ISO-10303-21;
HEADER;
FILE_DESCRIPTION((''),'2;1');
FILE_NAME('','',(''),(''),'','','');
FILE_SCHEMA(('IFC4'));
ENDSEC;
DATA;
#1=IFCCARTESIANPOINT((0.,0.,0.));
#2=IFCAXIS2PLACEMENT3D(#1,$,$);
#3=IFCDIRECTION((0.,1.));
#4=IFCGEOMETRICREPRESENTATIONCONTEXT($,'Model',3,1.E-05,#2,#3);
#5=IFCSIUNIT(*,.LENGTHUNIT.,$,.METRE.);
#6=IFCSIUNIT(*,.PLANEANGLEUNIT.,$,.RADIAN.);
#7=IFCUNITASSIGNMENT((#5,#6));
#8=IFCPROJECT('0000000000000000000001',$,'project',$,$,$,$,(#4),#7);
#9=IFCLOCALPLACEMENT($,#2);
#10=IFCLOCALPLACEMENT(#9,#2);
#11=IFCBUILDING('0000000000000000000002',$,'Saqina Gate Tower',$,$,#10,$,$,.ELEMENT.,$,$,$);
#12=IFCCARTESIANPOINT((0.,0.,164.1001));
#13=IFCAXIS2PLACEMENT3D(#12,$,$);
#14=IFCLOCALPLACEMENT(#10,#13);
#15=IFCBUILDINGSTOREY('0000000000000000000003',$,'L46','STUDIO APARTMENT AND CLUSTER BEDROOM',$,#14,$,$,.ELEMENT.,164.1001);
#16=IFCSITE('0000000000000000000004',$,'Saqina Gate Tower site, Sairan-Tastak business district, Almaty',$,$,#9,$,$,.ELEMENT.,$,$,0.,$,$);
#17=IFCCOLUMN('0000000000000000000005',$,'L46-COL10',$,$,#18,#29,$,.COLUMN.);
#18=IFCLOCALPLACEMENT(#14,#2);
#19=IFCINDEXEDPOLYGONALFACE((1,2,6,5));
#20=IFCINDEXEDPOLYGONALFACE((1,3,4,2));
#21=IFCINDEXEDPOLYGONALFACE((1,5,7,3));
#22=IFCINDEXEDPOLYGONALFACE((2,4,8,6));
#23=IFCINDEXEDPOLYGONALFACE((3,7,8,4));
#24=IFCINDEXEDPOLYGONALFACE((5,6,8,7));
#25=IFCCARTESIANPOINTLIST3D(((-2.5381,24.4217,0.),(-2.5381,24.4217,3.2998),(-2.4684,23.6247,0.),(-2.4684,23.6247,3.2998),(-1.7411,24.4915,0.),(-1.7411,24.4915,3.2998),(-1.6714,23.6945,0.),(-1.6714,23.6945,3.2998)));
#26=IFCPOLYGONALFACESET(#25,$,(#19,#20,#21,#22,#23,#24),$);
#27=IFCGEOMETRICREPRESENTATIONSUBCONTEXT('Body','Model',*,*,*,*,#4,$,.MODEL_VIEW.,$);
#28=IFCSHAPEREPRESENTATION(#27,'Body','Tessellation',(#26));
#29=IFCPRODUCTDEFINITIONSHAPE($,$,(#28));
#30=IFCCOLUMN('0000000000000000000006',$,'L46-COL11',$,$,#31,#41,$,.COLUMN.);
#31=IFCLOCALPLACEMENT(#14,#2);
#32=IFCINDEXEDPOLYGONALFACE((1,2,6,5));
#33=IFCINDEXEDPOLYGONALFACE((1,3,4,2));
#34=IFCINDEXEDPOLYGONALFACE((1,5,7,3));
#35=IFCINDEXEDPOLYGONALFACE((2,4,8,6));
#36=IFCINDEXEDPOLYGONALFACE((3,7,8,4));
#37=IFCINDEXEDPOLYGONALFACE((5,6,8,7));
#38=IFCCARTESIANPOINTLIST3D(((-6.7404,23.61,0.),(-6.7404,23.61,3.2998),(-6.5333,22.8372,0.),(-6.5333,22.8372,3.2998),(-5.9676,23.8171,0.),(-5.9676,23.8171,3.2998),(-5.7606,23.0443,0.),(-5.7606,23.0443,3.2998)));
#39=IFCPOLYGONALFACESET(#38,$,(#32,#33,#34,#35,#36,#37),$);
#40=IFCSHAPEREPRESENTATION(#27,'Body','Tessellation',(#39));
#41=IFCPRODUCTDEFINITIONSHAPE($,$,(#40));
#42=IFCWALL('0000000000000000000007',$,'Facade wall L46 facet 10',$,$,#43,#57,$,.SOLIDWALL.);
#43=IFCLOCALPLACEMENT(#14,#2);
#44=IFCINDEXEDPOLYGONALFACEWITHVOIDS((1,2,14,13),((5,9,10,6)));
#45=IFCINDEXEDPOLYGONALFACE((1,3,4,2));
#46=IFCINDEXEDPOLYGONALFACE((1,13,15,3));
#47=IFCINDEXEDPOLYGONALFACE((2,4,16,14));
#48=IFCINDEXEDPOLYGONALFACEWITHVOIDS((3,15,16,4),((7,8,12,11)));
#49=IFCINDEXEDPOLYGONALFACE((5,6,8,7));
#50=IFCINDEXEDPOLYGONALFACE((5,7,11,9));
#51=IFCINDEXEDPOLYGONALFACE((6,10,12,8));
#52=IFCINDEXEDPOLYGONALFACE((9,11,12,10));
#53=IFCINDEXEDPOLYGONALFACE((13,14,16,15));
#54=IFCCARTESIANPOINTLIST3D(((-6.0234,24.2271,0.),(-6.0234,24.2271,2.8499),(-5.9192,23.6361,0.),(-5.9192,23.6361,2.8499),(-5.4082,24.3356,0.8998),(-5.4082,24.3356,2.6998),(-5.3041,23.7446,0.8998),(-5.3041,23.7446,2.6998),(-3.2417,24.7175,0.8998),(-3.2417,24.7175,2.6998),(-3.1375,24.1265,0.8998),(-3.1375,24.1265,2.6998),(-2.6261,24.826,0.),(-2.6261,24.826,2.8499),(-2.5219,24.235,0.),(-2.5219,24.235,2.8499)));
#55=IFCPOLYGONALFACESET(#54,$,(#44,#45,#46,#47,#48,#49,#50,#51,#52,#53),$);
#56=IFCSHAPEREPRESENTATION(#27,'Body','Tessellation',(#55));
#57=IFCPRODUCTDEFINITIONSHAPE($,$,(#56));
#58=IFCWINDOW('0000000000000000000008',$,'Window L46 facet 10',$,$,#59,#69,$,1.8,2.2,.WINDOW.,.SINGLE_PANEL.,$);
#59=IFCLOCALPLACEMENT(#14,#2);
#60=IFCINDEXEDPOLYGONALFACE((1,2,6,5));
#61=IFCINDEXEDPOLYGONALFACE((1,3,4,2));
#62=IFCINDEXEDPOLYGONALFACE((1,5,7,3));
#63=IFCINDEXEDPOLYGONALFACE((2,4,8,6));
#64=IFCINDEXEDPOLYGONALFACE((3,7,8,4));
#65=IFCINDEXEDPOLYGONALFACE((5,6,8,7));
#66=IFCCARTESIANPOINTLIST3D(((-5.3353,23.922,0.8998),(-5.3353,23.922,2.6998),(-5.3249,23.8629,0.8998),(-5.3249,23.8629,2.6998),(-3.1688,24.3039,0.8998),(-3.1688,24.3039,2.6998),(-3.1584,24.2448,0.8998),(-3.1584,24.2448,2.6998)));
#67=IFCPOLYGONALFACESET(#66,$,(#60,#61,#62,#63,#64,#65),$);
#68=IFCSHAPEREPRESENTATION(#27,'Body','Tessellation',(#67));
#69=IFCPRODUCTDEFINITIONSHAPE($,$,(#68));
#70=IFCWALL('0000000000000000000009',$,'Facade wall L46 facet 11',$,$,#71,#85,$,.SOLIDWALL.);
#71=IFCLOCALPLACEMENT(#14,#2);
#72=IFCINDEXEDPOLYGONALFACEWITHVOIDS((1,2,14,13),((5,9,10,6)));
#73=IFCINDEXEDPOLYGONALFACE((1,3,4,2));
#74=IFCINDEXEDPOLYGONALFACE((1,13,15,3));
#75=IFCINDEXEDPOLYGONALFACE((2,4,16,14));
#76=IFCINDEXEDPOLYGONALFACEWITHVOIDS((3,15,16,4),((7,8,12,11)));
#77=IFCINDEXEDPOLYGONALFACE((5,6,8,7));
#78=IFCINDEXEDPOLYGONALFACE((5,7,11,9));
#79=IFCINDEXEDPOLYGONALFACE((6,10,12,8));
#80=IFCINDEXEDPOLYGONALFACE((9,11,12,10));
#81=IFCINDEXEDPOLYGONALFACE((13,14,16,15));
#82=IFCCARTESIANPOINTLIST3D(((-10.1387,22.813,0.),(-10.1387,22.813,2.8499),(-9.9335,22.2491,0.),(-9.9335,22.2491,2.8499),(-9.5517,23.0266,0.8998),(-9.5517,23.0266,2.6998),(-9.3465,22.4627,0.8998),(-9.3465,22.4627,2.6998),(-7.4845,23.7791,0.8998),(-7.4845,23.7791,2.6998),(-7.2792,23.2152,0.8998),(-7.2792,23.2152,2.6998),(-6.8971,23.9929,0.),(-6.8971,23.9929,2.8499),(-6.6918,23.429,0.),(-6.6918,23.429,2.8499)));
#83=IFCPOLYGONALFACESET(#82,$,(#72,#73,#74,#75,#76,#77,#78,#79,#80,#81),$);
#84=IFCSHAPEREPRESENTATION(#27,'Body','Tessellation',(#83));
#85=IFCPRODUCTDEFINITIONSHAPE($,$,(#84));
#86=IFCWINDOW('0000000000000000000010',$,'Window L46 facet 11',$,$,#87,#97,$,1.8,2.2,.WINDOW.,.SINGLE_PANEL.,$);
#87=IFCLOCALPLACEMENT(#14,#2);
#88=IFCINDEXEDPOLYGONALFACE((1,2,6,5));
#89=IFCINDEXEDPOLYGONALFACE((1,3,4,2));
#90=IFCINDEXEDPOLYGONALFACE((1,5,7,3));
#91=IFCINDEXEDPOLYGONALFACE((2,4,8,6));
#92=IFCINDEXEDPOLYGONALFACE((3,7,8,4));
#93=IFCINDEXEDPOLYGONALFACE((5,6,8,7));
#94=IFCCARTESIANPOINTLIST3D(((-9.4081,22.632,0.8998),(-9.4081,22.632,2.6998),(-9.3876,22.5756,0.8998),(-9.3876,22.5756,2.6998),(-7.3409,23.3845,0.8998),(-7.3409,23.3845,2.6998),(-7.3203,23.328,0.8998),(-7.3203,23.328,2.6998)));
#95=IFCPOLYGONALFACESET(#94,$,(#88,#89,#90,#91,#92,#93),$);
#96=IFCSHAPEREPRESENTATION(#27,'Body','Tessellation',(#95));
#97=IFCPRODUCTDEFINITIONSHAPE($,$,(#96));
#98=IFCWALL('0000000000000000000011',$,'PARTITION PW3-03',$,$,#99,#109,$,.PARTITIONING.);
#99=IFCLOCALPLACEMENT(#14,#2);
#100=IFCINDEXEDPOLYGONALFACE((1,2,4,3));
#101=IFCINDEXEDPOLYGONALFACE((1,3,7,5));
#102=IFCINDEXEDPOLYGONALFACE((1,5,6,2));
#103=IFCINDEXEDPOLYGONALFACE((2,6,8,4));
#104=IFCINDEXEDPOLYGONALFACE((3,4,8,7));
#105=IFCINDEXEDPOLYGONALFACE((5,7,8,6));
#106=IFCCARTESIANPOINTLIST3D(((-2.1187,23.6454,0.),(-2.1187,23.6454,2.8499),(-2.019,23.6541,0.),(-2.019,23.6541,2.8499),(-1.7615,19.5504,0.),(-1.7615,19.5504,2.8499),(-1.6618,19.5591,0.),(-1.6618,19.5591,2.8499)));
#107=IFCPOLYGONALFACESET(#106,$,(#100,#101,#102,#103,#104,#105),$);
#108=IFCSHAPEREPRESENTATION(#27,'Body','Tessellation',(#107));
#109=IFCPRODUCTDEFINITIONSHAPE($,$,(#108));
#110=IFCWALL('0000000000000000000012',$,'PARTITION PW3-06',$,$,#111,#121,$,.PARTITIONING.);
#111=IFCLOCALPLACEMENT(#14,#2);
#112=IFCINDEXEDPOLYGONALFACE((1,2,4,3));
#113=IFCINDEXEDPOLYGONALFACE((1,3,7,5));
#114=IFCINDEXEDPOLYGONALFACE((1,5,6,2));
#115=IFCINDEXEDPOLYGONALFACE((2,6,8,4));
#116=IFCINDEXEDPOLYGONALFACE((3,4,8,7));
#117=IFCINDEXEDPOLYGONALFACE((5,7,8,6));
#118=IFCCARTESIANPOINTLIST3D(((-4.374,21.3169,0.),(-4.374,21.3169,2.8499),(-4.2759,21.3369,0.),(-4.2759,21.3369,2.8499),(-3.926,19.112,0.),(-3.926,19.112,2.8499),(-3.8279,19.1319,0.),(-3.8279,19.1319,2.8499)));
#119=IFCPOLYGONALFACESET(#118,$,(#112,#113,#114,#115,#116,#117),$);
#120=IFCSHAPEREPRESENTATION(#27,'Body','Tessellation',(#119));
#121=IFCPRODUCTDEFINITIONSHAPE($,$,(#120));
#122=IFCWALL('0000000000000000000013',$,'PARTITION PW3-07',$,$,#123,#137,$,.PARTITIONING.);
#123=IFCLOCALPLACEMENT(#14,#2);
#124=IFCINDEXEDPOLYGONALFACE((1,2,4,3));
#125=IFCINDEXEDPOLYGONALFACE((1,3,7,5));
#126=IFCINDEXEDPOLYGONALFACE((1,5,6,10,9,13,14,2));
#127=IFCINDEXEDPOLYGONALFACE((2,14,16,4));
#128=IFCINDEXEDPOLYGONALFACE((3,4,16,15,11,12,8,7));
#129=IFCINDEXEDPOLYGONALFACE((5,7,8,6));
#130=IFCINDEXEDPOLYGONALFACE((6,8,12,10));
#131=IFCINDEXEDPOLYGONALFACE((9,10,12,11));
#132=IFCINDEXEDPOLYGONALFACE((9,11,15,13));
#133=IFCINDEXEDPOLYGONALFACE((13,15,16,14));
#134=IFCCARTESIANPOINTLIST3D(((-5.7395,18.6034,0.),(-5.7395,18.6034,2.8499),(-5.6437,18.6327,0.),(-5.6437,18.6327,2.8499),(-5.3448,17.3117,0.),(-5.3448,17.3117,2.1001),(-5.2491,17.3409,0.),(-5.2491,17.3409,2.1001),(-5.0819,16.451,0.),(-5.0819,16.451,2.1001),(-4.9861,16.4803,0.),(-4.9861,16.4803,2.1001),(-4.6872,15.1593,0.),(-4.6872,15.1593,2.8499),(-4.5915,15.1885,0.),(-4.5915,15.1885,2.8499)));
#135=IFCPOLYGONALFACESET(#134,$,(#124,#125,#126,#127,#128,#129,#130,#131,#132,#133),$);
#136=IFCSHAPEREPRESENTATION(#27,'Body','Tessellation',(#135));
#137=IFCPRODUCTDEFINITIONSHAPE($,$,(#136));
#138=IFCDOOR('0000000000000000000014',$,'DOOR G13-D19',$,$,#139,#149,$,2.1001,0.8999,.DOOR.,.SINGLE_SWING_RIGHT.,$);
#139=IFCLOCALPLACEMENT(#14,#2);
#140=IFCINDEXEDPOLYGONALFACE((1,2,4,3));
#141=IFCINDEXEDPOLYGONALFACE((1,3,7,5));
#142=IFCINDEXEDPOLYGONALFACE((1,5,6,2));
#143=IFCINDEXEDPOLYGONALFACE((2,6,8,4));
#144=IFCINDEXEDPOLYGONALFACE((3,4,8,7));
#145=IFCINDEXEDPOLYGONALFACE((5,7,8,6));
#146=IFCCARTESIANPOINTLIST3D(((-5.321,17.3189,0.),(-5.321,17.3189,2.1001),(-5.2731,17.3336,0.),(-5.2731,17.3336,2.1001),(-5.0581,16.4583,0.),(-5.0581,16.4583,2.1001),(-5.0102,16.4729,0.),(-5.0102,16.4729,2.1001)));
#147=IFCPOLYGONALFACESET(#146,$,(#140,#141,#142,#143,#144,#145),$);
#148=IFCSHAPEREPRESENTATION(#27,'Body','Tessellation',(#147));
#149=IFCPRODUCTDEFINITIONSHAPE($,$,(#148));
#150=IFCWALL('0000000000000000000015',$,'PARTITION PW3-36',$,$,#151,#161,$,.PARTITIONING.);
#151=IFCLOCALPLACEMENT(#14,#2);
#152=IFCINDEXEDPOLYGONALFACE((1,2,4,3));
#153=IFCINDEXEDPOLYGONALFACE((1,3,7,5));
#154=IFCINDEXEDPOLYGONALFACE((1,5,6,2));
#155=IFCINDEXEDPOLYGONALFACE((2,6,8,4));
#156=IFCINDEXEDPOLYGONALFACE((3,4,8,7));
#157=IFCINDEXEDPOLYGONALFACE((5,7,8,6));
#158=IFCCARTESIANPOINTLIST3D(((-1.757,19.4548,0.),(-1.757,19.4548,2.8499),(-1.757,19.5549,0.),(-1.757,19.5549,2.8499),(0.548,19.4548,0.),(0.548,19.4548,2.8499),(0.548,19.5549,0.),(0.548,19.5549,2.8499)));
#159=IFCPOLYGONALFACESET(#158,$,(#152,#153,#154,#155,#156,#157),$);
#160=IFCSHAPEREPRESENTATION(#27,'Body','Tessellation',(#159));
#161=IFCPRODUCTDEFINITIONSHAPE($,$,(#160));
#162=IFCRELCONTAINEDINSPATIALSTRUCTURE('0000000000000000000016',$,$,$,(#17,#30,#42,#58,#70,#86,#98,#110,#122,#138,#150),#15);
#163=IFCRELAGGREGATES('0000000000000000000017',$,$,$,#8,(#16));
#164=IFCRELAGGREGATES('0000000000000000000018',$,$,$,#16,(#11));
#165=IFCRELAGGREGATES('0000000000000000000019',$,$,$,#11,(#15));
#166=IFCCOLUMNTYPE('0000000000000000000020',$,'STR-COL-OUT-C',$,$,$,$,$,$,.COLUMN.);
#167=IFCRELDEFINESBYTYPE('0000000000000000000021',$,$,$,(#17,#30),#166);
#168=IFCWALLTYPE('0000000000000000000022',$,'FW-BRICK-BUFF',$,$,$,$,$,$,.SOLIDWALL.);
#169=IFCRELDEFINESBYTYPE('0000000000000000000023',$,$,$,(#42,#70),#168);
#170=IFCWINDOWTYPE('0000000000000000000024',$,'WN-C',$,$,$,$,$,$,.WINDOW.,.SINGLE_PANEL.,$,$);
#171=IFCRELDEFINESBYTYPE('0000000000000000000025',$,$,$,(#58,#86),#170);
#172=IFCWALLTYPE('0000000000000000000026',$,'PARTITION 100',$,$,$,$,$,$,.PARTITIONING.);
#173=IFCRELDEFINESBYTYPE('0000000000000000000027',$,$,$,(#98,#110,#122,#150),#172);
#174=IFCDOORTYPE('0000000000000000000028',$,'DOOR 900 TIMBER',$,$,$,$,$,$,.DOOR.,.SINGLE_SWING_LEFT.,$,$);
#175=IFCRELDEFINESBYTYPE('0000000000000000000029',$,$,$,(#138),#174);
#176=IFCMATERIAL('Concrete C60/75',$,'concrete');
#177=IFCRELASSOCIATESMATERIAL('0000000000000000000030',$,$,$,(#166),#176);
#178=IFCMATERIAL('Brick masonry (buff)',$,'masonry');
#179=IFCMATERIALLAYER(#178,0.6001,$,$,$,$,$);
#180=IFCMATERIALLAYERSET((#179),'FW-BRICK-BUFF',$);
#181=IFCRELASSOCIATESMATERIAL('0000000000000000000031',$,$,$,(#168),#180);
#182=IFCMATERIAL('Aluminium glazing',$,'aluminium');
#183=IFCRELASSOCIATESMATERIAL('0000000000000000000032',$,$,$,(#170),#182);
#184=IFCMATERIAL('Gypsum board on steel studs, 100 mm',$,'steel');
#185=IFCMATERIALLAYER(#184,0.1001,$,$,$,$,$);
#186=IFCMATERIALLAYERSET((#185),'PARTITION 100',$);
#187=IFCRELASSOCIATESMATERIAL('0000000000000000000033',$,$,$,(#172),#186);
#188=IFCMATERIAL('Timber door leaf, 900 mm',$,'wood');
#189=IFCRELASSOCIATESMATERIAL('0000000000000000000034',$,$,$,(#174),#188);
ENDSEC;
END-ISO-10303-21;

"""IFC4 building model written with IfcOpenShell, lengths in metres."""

from ifc_helpers import new_model, si_unit, direction, frame, frame_2d, origin, origin_2d, place, context, subcontext, project, spatial, rectangle, extrude, material, layer, layer_set, material_profile, profile_set, type_object, element, fill, save


model = new_model("IFC4")

# Units and contexts
model_context = context("Model", 3, precision=1e-05, world=origin(), true_north=direction((0.0, 1.0)))
body_context = subcontext(model_context, "Body", "Model", "MODEL_VIEW")
ifc_project = project(units=[si_unit("LENGTHUNIT", "METRE"), si_unit("PLANEANGLEUNIT", "RADIAN")], contexts=[model_context])

# Site, building, storey
site_placement = place(None, origin())
site = spatial("IfcSite", under=ifc_project, at=site_placement, Name="Saqina Gate Tower site, Sairan-Tastak business district, Almaty", CompositionType="ELEMENT", RefElevation=0.0)
building_placement = place(site_placement, origin())
building = spatial("IfcBuilding", under=site, at=building_placement, Name="Saqina Gate Tower", CompositionType="ELEMENT")
storey_placement = place(building_placement, frame((0.0, 0.0, 164.1001)))
storey = spatial("IfcBuildingStorey", under=building, at=storey_placement, Name="L46", Description="STUDIO APARTMENT AND CLUSTER BEDROOM", CompositionType="ELEMENT", Elevation=164.1001)

# Columns
ifc_material_1 = material(Name="Concrete C60/75", Category="concrete")
ifc_material_profile = material_profile(ifc_material_1, rectangle(XDim=0.8, YDim=0.8, at=origin_2d()), Name="RC 800x800")
ifc_profile_set = profile_set([ifc_material_profile], Name="Concrete C60/75")
column_type = type_object("IfcColumnType", Name="STR-COL-OUT-C", PredefinedType="COLUMN", material=ifc_profile_set)
for number, where, z_axis, x_axis, name in (
    (1, (-2.1047, 24.0581, 0.0), (0.0, 0.0, 1.0), (-0.087156, 0.996195, 0.0), "L46-COL10"),
    (2, (-6.2505, 23.3271, 0.0), (0.0, 0.0, 1.0), (-0.258819, 0.965926, 0.0), "L46-COL11"),
):
    element("IfcColumn", number, at=place(storey_placement, frame(where, z_axis=z_axis, x_axis=x_axis)), inside=storey, type_object=column_type, Name=name, PredefinedType="COLUMN", context=body_context, shape_type="SweptSolid", body=[
        extrude(rectangle(XDim=0.8, YDim=0.8, at=origin_2d()), origin(), (0.0, 0.0, 1.0), 3.2998),
    ])

# Walls, openings, windows
ifc_material_2 = material(Name="Brick masonry (buff)", Category="masonry")
ifc_layer_1 = layer(ifc_material_2, 0.6001)
ifc_layer_set_1 = layer_set([ifc_layer_1], Name="FW-BRICK-BUFF")
wall_type_1 = type_object("IfcWallType", Name="FW-BRICK-BUFF", PredefinedType="SOLIDWALL", material=ifc_layer_set_1)
wall_1_placement = place(storey_placement, frame((-2.574, 24.5305, 0.0), z_axis=(0.0, 0.0, 1.0), x_axis=(-0.984815, -0.173608, 0.0)))
wall_1 = element("IfcWall", 3, at=wall_1_placement, inside=storey, type_object=wall_type_1, Name="Facade wall L46 facet 10", PredefinedType="SOLIDWALL", context=body_context, shape_type="SweptSolid", body=[
    extrude(rectangle(XDim=3.4497, YDim=0.6001, at=frame_2d((1.7249, 0.0))), origin(), (0.0, 0.0, 1.0), 2.8499),
])
opening_1_placement = place(wall_1_placement, frame((0.625, 0.0, 0.8999)))
opening_1 = element("IfcOpeningElement", 4, at=opening_1_placement, cuts=wall_1, PredefinedType="OPENING", context=body_context, shape_type="SweptSolid", body=[
    extrude(rectangle(XDim=2.2, YDim=1.8, at=frame_2d((1.1001, 0.8999))), frame((0.0, 0.312, 0.0), z_axis=(0.0, -1.0, 0.0), x_axis=(1.0, 0.0, 0.0)), (0.0, 0.0, 1.0), 0.624),
])
ifc_material_3 = material(Name="Aluminium glazing", Category="aluminium")
window_type = type_object("IfcWindowType", Name="WN-C", PartitioningType="SINGLE_PANEL", PredefinedType="WINDOW", material=ifc_material_3)
window_1_placement = place(opening_1_placement, origin())
window_1 = element("IfcWindow", 5, at=window_1_placement, inside=storey, type_object=window_type, Name="Window L46 facet 10", OverallHeight=1.8, OverallWidth=2.2, PartitioningType="SINGLE_PANEL", PredefinedType="WINDOW", context=body_context, shape_type="SweptSolid", body=[
    extrude(rectangle(XDim=2.2, YDim=1.8, at=frame_2d((1.1001, 0.8999))), frame((0.0, 0.1799, 0.0), z_axis=(0.0, -1.0, 0.0), x_axis=(1.0, 0.0, 0.0)), (0.0, 0.0, 1.0), 0.0601),
])
fill(opening_1, window_1)
wall_2_placement = place(storey_placement, frame((-6.7944, 23.7109, 0.0), z_axis=(0.0, 0.0, 1.0), x_axis=(-0.939688, -0.342033, 0.0)))
wall_2 = element("IfcWall", 6, at=wall_2_placement, inside=storey, type_object=wall_type_1, Name="Facade wall L46 facet 11", PredefinedType="SOLIDWALL", context=body_context, shape_type="SweptSolid", body=[
    extrude(rectangle(XDim=3.4497, YDim=0.6001, at=frame_2d((1.7249, 0.0))), origin(), (0.0, 0.0, 1.0), 2.8499),
])
opening_2_placement = place(wall_2_placement, frame((0.625, 0.0, 0.8999)))
opening_2 = element("IfcOpeningElement", 7, at=opening_2_placement, cuts=wall_2, PredefinedType="OPENING", context=body_context, shape_type="SweptSolid", body=[
    extrude(rectangle(XDim=2.2, YDim=1.8, at=frame_2d((1.1001, 0.8999))), frame((0.0, 0.312, 0.0), z_axis=(0.0, -1.0, 0.0), x_axis=(1.0, 0.0, 0.0)), (0.0, 0.0, 1.0), 0.624),
])
window_2_placement = place(opening_2_placement, origin())
window_2 = element("IfcWindow", 8, at=window_2_placement, inside=storey, type_object=window_type, Name="Window L46 facet 11", OverallHeight=1.8, OverallWidth=2.2, PartitioningType="SINGLE_PANEL", PredefinedType="WINDOW", context=body_context, shape_type="SweptSolid", body=[
    extrude(rectangle(XDim=2.2, YDim=1.8, at=frame_2d((1.1001, 0.8999))), frame((0.0, 0.1799, 0.0), z_axis=(0.0, -1.0, 0.0), x_axis=(1.0, 0.0, 0.0)), (0.0, 0.0, 1.0), 0.0601),
])
fill(opening_2, window_2)

# Walls
ifc_material_4 = material(Name="Gypsum board on steel studs, 100 mm", Category="steel")
ifc_layer_2 = layer(ifc_material_4, 0.1001)
ifc_layer_set_2 = layer_set([ifc_layer_2], Name="PARTITION 100")
wall_type_2 = type_object("IfcWallType", Name="PARTITION 100", PredefinedType="PARTITIONING", material=ifc_layer_set_2)
wall_3_placement = place(storey_placement, frame((-2.0688, 23.6497, 0.0), z_axis=(0.0, 0.0, 1.0), x_axis=(0.086894, -0.996218, 0.0)))
element("IfcWall", 9, at=wall_3_placement, inside=storey, type_object=wall_type_2, Name="PARTITION PW3-03", PredefinedType="PARTITIONING", context=body_context, shape_type="SweptSolid", body=[
    extrude(rectangle(XDim=4.1106, YDim=0.1001, at=frame_2d((2.0552, 0.0))), origin(), (0.0, 0.0, 1.0), 2.8499),
])
wall_4_placement = place(storey_placement, frame((-4.325, 21.3269, 0.0), z_axis=(0.0, 0.0, 1.0), x_axis=(0.19912, -0.979975, 0.0)))
element("IfcWall", 10, at=wall_4_placement, inside=storey, type_object=wall_type_2, Name="PARTITION PW3-06", PredefinedType="PARTITIONING", context=body_context, shape_type="SweptSolid", body=[
    extrude(rectangle(XDim=2.25, YDim=0.1001, at=frame_2d((1.125, 0.0))), origin(), (0.0, 0.0, 1.0), 2.8499),
])

# Wall, opening, door
wall_5_placement = place(storey_placement, frame((-5.6917, 18.6182, 0.0), z_axis=(0.0, 0.0, 1.0), x_axis=(0.292189, -0.956361, 0.0)))
wall_5 = element("IfcWall", 11, at=wall_5_placement, inside=storey, type_object=wall_type_2, Name="PARTITION PW3-07", PredefinedType="PARTITIONING", context=body_context, shape_type="SweptSolid", body=[
    extrude(rectangle(XDim=3.6013, YDim=0.1001, at=frame_2d((1.8008, 0.0))), origin(), (0.0, 0.0, 1.0), 2.8499),
])
opening_3_placement = place(wall_5_placement, frame((1.3508, 0.0, 0.0)))
opening_3 = element("IfcOpeningElement", 12, at=opening_3_placement, cuts=wall_5, PredefinedType="OPENING", context=body_context, shape_type="SweptSolid", body=[
    extrude(rectangle(XDim=0.8999, YDim=2.1001, at=frame_2d((0.45, 1.05))), frame((0.0, 0.062, 0.0), z_axis=(0.0, -1.0, 0.0), x_axis=(1.0, 0.0, 0.0)), (0.0, 0.0, 1.0), 0.124),
])
ifc_material_5 = material(Name="Timber door leaf, 900 mm", Category="wood")
door_type_1 = type_object("IfcDoorType", Name="DOOR 900 TIMBER", OperationType="SINGLE_SWING_LEFT", PredefinedType="DOOR", material=ifc_material_5)
door_1_placement = place(opening_3_placement, origin())
door_1 = element("IfcDoor", 13, at=door_1_placement, inside=storey, type_object=door_type_1, Name="DOOR G13-D19", OperationType="SINGLE_SWING_RIGHT", OverallHeight=2.1001, OverallWidth=0.8999, PredefinedType="DOOR", context=body_context, shape_type="SweptSolid", body=[
    extrude(rectangle(XDim=0.8999, YDim=2.1001, at=frame_2d((0.45, 1.05))), frame((0.0, 0.0249, 0.0), z_axis=(0.0, -1.0, 0.0), x_axis=(1.0, 0.0, 0.0)), (0.0, 0.0, 1.0), 0.05),
])
fill(opening_3, door_1)

# Wall
wall_6_placement = place(storey_placement, frame((-1.7568, 19.5049, 0.0), z_axis=(0.0, 0.0, 1.0), x_axis=(1.0, 0.0, 0.0)))
element("IfcWall", 14, at=wall_6_placement, inside=storey, type_object=wall_type_2, Name="PARTITION PW3-36", PredefinedType="PARTITIONING", context=body_context, shape_type="SweptSolid", body=[
    extrude(rectangle(XDim=2.3049, YDim=0.1001, at=frame_2d((1.1523, 0.0))), origin(), (0.0, 0.0, 1.0), 2.8499),
])

save(model, "model.ifc")
